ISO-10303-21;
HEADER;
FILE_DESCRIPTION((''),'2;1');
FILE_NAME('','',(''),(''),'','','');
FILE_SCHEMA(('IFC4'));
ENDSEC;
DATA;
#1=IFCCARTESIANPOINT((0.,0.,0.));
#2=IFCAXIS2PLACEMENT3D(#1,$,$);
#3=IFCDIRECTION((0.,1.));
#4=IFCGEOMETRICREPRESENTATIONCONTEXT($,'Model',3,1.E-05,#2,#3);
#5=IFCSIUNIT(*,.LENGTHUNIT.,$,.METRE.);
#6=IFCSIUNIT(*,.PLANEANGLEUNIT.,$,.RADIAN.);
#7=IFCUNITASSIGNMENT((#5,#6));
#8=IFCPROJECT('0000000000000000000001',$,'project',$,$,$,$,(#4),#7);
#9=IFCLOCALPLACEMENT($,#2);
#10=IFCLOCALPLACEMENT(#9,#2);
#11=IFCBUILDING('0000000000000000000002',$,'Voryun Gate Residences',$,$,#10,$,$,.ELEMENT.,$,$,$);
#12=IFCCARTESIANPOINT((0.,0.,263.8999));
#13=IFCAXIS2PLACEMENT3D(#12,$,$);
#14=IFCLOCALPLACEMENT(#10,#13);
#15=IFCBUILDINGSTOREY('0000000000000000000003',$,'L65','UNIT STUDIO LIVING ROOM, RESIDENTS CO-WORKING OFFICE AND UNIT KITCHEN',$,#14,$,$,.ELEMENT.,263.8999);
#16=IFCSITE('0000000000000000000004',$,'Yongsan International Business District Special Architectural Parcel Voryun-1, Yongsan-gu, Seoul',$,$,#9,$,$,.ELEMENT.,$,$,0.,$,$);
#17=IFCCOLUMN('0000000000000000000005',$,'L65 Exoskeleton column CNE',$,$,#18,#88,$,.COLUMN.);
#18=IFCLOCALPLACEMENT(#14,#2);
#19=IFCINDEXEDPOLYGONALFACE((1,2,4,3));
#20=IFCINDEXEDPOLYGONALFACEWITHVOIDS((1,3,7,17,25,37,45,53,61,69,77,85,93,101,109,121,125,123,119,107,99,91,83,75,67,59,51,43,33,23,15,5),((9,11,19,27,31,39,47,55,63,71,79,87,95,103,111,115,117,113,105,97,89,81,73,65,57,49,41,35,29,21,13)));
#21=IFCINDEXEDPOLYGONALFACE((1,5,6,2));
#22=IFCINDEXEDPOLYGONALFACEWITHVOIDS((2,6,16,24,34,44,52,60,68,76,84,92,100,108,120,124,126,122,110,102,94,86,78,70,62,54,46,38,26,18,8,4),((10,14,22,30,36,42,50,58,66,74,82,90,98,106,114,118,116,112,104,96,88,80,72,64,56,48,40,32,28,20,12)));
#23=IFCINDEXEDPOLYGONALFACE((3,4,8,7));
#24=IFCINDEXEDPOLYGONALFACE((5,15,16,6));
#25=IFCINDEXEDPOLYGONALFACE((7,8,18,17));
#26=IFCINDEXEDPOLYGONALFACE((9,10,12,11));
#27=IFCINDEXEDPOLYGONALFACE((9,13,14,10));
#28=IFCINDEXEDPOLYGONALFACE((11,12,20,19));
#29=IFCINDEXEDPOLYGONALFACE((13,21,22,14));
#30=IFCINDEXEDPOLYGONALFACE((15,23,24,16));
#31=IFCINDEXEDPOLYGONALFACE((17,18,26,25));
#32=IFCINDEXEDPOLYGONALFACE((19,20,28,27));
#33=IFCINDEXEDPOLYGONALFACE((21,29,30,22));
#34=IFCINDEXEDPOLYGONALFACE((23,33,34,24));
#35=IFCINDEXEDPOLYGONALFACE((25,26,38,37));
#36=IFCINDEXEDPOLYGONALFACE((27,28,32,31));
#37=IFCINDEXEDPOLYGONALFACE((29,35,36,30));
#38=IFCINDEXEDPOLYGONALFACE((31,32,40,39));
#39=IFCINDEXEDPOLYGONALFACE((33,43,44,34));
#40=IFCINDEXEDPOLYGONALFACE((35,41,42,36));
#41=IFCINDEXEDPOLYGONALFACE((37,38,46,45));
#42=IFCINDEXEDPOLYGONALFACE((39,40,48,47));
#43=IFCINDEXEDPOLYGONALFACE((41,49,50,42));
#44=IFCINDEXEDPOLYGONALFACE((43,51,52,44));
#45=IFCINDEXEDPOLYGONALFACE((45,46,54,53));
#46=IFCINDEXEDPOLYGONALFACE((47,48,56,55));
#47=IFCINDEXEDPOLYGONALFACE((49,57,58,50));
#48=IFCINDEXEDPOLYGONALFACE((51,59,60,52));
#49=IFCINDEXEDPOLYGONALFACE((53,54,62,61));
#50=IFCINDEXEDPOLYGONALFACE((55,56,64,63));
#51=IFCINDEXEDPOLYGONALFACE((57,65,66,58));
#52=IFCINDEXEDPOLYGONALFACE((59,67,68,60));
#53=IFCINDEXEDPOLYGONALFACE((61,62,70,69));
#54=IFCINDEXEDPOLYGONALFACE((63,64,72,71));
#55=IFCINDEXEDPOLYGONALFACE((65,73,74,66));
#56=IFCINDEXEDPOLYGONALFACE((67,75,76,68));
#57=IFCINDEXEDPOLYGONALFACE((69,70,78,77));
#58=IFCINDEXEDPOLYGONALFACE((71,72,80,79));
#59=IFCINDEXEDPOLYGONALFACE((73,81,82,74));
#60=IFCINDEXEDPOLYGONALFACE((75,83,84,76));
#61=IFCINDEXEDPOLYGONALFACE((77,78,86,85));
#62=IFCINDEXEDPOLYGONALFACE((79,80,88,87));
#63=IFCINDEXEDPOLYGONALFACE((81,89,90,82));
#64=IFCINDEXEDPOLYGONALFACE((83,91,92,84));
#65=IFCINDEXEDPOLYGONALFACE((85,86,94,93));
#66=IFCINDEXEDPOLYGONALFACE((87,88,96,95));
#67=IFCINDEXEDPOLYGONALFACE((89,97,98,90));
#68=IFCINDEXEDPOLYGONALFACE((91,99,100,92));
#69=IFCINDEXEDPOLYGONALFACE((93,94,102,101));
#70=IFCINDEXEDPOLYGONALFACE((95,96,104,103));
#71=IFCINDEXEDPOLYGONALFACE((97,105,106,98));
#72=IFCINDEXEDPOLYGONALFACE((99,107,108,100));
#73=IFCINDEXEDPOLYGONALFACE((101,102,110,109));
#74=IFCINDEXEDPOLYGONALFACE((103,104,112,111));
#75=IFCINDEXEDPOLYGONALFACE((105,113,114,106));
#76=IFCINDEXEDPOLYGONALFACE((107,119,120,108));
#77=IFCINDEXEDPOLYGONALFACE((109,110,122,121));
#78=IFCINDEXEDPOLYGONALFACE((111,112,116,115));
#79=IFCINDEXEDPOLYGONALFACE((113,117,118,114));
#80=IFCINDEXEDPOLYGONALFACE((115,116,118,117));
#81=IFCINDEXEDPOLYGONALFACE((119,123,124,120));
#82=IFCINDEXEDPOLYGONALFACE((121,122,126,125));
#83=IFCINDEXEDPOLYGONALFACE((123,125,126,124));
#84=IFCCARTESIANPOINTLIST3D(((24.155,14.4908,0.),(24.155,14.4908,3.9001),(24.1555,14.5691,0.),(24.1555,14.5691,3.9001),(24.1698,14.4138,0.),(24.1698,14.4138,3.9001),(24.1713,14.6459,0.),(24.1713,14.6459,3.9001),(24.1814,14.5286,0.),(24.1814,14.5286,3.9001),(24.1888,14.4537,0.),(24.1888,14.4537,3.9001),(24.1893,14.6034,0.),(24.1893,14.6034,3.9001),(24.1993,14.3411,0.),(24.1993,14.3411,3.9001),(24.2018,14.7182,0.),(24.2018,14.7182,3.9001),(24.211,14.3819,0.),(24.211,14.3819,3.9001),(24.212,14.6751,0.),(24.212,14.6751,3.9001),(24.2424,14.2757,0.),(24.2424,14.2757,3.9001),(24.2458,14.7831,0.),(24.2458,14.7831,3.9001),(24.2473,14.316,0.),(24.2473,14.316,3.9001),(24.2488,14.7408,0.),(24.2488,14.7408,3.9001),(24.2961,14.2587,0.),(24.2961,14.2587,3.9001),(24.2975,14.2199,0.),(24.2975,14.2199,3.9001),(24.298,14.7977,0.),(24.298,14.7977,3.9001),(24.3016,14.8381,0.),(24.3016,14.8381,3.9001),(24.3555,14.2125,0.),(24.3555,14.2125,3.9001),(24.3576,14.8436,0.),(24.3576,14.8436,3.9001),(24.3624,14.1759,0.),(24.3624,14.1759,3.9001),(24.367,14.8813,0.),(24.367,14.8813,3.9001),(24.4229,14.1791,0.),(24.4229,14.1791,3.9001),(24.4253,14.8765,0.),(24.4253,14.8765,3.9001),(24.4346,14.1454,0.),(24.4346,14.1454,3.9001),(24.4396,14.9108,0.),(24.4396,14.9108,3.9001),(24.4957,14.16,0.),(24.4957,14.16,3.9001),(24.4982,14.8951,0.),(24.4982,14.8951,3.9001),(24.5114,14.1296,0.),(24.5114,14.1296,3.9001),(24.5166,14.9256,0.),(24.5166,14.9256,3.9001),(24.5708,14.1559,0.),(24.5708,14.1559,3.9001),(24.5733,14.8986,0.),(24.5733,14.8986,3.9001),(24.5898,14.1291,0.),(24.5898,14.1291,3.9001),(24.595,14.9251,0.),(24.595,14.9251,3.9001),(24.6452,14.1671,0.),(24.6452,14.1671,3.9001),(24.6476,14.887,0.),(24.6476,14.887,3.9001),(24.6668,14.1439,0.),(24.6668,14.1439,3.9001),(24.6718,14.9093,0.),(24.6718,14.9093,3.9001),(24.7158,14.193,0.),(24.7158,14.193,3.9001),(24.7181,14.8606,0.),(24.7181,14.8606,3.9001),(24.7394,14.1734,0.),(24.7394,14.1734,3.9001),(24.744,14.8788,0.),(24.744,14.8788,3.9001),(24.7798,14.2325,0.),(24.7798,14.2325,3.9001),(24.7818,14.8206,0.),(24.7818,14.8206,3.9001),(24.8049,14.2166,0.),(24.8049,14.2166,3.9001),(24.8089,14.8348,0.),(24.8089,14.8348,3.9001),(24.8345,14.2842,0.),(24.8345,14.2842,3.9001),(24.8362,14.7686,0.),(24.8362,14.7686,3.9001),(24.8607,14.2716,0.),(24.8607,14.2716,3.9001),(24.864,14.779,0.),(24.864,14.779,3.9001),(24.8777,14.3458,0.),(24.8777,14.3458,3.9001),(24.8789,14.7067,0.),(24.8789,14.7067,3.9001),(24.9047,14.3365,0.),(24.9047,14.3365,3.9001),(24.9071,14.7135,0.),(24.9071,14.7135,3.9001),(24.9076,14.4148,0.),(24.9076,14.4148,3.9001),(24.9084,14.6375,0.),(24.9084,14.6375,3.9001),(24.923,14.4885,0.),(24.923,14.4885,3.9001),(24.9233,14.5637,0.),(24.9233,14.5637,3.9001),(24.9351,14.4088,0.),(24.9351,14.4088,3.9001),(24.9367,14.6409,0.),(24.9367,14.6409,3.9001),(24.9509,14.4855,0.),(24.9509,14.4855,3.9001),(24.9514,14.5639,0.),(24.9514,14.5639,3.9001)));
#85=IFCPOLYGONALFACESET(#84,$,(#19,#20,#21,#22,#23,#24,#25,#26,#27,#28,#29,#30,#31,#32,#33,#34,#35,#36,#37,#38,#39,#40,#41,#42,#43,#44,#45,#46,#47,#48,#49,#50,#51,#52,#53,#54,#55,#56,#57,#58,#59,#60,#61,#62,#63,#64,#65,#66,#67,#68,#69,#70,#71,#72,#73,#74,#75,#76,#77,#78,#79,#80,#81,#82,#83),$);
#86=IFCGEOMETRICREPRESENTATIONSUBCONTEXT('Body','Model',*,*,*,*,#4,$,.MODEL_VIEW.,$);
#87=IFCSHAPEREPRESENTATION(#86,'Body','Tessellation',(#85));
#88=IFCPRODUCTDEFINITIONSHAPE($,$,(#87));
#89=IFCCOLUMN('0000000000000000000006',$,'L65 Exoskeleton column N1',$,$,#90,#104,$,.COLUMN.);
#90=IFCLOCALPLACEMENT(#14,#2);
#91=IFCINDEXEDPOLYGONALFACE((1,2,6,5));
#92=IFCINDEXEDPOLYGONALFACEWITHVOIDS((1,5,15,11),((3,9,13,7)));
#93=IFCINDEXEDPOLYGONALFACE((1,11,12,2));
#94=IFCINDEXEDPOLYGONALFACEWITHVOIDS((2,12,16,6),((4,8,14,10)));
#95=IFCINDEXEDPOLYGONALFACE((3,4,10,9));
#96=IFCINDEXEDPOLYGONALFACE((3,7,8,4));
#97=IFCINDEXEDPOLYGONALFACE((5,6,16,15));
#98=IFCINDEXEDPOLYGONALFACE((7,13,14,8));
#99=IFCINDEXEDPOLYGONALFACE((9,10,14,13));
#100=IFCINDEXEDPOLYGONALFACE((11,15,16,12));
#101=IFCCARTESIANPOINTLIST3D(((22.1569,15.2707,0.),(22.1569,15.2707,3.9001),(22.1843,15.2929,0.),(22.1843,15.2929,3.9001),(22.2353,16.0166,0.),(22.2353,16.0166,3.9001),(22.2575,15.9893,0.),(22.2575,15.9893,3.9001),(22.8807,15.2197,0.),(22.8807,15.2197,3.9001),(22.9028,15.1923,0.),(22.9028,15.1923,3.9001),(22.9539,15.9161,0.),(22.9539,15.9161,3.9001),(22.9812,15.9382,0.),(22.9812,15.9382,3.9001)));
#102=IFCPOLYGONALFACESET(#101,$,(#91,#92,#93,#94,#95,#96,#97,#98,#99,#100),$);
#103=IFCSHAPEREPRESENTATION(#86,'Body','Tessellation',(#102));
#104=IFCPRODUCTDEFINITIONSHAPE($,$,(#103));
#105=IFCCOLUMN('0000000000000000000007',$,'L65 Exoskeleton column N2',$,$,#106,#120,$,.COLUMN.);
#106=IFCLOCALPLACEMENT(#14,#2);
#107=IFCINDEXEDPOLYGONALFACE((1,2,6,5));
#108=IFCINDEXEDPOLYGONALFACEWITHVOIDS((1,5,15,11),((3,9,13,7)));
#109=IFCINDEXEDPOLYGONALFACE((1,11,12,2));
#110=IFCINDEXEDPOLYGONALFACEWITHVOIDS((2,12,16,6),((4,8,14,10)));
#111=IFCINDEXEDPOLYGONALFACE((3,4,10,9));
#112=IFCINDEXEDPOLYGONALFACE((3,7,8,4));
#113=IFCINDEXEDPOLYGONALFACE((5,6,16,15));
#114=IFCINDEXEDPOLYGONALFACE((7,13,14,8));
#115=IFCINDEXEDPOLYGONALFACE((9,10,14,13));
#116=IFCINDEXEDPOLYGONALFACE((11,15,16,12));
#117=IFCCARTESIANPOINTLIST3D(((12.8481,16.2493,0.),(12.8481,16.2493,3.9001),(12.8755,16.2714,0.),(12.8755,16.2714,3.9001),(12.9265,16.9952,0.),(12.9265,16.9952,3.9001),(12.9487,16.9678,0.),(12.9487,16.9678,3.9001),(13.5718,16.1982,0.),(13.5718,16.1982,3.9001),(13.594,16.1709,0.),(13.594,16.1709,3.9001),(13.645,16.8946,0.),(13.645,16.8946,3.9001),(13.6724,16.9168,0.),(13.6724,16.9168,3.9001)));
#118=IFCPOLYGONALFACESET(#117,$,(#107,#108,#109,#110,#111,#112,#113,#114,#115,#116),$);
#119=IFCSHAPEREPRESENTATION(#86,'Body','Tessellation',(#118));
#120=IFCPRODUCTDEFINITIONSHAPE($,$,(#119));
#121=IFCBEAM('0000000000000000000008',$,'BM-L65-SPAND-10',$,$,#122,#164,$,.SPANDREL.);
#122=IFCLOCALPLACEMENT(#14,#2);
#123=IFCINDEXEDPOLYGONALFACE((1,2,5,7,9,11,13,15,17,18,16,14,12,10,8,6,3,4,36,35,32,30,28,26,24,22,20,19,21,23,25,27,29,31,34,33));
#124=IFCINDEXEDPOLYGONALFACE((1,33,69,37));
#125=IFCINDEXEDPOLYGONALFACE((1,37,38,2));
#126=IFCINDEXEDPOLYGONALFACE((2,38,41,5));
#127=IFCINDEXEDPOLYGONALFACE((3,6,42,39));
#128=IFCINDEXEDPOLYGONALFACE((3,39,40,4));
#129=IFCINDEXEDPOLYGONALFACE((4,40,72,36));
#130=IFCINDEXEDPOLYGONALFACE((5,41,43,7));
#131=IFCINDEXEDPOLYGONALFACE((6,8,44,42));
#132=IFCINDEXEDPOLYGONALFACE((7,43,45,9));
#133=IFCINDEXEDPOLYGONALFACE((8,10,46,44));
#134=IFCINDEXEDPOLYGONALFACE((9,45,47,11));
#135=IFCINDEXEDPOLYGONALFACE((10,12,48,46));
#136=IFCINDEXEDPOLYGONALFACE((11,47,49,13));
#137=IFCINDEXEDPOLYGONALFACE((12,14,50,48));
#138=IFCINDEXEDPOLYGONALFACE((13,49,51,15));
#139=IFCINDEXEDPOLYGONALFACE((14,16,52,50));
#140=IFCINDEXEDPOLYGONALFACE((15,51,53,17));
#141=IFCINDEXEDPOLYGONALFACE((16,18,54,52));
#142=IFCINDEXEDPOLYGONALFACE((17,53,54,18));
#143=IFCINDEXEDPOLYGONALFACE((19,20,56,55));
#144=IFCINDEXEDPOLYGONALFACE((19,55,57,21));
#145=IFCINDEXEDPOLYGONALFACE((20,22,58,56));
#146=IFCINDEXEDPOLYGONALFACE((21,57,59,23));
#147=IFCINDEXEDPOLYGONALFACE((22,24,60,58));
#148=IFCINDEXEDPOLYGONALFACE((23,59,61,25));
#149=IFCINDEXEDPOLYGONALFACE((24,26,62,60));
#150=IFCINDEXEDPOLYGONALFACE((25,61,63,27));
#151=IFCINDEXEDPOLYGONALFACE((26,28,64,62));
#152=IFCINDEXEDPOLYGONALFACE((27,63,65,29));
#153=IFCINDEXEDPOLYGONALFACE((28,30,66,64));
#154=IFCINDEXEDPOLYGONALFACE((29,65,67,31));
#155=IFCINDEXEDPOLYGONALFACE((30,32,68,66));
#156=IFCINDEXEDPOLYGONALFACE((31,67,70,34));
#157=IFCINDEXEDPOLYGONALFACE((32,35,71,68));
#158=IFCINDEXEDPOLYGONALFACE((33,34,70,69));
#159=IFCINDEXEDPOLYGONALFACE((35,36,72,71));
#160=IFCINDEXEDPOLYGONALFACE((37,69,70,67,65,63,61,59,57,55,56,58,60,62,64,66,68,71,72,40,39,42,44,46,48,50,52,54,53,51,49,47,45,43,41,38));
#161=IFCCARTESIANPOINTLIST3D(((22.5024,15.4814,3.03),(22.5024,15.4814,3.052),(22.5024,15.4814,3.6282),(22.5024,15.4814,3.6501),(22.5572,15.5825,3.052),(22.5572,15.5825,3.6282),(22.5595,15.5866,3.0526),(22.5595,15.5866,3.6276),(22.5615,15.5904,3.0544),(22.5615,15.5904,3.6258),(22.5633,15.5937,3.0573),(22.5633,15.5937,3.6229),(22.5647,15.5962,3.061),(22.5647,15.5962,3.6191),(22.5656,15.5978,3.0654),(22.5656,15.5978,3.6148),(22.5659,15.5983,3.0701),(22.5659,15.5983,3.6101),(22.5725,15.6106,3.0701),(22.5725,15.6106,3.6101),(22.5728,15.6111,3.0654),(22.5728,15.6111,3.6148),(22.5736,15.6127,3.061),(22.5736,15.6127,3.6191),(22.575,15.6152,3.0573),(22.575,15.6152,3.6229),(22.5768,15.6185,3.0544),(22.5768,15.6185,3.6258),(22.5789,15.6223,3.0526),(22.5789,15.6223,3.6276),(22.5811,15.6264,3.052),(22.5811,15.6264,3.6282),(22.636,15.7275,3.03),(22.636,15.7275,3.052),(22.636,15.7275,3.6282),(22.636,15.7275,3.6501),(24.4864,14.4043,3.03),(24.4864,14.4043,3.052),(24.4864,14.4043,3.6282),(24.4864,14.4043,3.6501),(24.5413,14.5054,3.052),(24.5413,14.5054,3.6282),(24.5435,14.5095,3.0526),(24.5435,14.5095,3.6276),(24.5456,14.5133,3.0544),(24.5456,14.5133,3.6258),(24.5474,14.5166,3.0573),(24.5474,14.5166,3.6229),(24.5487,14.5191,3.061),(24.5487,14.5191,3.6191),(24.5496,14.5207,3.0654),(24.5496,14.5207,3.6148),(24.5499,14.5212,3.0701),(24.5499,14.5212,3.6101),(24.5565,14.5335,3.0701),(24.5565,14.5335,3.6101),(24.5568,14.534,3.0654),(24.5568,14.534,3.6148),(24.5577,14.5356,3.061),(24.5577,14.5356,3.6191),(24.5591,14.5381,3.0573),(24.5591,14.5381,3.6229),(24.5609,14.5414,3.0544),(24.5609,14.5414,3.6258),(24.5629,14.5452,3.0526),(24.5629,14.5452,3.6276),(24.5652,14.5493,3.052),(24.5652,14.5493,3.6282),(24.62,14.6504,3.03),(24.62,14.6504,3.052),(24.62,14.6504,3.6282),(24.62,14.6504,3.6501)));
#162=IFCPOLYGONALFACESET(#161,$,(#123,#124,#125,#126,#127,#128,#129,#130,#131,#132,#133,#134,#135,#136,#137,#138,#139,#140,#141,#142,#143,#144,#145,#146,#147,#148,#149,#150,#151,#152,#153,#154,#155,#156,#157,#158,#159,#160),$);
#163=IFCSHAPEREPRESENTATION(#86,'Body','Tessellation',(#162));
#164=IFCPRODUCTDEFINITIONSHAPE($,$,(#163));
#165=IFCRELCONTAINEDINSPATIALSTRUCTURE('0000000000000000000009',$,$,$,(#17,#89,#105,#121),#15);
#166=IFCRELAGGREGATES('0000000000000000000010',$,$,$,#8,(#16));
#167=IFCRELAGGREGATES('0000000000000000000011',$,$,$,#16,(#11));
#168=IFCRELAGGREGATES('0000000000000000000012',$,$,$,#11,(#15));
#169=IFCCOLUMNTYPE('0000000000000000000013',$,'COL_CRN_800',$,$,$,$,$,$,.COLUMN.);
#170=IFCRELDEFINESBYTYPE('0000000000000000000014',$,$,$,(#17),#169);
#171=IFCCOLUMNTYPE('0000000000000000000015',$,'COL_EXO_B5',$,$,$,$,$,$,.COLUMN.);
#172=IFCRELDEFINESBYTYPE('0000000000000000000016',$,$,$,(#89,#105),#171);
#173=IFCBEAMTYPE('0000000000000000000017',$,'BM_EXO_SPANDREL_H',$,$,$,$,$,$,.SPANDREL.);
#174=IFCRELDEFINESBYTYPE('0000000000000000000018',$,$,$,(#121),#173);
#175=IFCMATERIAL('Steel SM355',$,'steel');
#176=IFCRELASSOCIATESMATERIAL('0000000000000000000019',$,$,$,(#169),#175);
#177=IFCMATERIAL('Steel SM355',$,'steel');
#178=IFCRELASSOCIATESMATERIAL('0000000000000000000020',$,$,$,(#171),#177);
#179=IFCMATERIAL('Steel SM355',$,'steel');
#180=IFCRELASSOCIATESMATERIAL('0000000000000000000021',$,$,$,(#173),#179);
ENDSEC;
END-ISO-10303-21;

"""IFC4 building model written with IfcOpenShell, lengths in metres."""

from ifc_helpers import new_model, si_unit, direction, frame, origin, origin_2d, place, context, subcontext, project, spatial, hollow_rectangle, hollow_circle, i_section, extrude, material, material_profile, profile_set, type_object, element, save


model = new_model("IFC4")

# Units and contexts
model_context = context("Model", 3, precision=1e-05, world=origin(), true_north=direction((0.0, 1.0)))
body_context = subcontext(model_context, "Body", "Model", "MODEL_VIEW")
ifc_project = project(units=[si_unit("LENGTHUNIT", "METRE"), si_unit("PLANEANGLEUNIT", "RADIAN")], contexts=[model_context])

# Site, building, storey
site_placement = place(None, origin())
site = spatial("IfcSite", under=ifc_project, at=site_placement, Name="Yongsan International Business District Special Architectural Parcel Voryun-1, Yongsan-gu, Seoul", CompositionType="ELEMENT", RefElevation=0.0)
building_placement = place(site_placement, origin())
building = spatial("IfcBuilding", under=site, at=building_placement, Name="Voryun Gate Residences", CompositionType="ELEMENT")
storey_placement = place(building_placement, frame((0.0, 0.0, 263.8999)))
storey = spatial("IfcBuildingStorey", under=building, at=storey_placement, Name="L65", Description="UNIT STUDIO LIVING ROOM, RESIDENTS CO-WORKING OFFICE AND UNIT KITCHEN", CompositionType="ELEMENT", Elevation=263.8999)

# Columns
ifc_material_1 = material(Name="Steel SM355", Category="steel")
ifc_material_profile_1 = material_profile(ifc_material_1, hollow_circle(Radius=0.3999, WallThickness=0.0281, at=origin_2d()), Name="CHS-800x28")
ifc_profile_set_1 = profile_set([ifc_material_profile_1], Name="Steel SM355")
column_type_1 = type_object("IfcColumnType", Name="COL_CRN_800", PredefinedType="COLUMN", material=ifc_profile_set_1)
column_placement = place(storey_placement, frame((24.5532, 14.5273, 0.0), z_axis=(0.0, 0.0, 1.0), x_axis=(0.994522, -0.104528, 0.0)))
element("IfcColumn", 1, at=column_placement, inside=storey, type_object=column_type_1, Name="L65 Exoskeleton column CNE", PredefinedType="COLUMN", context=body_context, shape_type="SweptSolid", body=[
    extrude(hollow_circle(Radius=0.3999, WallThickness=0.0281, at=origin_2d()), origin(), (0.0, 0.0, 1.0), 3.9001),
])
ifc_material_2 = material(Name="Steel SM355", Category="steel")
ifc_material_profile_2 = material_profile(ifc_material_2, hollow_rectangle(XDim=0.75, YDim=0.75, WallThickness=0.0249, at=origin_2d()), Name="BOX-750x750x25")
ifc_profile_set_2 = profile_set([ifc_material_profile_2], Name="Steel SM355")
column_type_2 = type_object("IfcColumnType", Name="COL_EXO_B5", PredefinedType="COLUMN", material=ifc_profile_set_2)
for number, where, z_axis, x_axis, name in (
    (2, (22.5691, 15.6045, 0.0), (0.0, 0.0, 1.0), (0.994522, -0.104528, 0.0), "L65 Exoskeleton column N1"),
    (3, (13.2603, 16.583, 0.0), (0.0, 0.0, 1.0), (0.994522, -0.104528, 0.0), "L65 Exoskeleton column N2"),
):
    element("IfcColumn", number, at=place(storey_placement, frame(where, z_axis=z_axis, x_axis=x_axis)), inside=storey, type_object=column_type_2, Name=name, PredefinedType="COLUMN", context=body_context, shape_type="SweptSolid", body=[
        extrude(hollow_rectangle(XDim=0.75, YDim=0.75, WallThickness=0.0249, at=origin_2d()), origin(), (0.0, 0.0, 1.0), 3.9001),
    ])

# Beam
ifc_material_3 = material(Name="Steel SM355", Category="steel")
ifc_material_profile_3 = material_profile(ifc_material_3, i_section(OverallWidth=0.28, OverallDepth=0.6201, WebThickness=0.0139, FlangeThickness=0.022, FilletRadius=0.0181, at=origin_2d()), Name="H-620x280x14x22")
ifc_profile_set_3 = profile_set([ifc_material_profile_3], Name="Steel SM355")
beam_type = type_object("IfcBeamType", Name="BM_EXO_SPANDREL_H", PredefinedType="SPANDREL", material=ifc_profile_set_3)
beam_1_placement = place(storey_placement, frame((24.5532, 14.5273, 3.3401), z_axis=(-0.878844, 0.477109, 0.0), x_axis=(-0.477109, -0.878844, 0.0)))
element("IfcBeam", 4, at=beam_1_placement, inside=storey, type_object=beam_type, Name="BM-L65-SPAND-10", PredefinedType="SPANDREL", context=body_context, shape_type="SweptSolid", body=[
    extrude(i_section(OverallWidth=0.28, OverallDepth=0.6201, WebThickness=0.0139, FlangeThickness=0.022, FilletRadius=0.0181, at=origin_2d()), origin(), (0.0, 0.0, 1.0), 2.2576),
])

save(model, "model.ifc")
